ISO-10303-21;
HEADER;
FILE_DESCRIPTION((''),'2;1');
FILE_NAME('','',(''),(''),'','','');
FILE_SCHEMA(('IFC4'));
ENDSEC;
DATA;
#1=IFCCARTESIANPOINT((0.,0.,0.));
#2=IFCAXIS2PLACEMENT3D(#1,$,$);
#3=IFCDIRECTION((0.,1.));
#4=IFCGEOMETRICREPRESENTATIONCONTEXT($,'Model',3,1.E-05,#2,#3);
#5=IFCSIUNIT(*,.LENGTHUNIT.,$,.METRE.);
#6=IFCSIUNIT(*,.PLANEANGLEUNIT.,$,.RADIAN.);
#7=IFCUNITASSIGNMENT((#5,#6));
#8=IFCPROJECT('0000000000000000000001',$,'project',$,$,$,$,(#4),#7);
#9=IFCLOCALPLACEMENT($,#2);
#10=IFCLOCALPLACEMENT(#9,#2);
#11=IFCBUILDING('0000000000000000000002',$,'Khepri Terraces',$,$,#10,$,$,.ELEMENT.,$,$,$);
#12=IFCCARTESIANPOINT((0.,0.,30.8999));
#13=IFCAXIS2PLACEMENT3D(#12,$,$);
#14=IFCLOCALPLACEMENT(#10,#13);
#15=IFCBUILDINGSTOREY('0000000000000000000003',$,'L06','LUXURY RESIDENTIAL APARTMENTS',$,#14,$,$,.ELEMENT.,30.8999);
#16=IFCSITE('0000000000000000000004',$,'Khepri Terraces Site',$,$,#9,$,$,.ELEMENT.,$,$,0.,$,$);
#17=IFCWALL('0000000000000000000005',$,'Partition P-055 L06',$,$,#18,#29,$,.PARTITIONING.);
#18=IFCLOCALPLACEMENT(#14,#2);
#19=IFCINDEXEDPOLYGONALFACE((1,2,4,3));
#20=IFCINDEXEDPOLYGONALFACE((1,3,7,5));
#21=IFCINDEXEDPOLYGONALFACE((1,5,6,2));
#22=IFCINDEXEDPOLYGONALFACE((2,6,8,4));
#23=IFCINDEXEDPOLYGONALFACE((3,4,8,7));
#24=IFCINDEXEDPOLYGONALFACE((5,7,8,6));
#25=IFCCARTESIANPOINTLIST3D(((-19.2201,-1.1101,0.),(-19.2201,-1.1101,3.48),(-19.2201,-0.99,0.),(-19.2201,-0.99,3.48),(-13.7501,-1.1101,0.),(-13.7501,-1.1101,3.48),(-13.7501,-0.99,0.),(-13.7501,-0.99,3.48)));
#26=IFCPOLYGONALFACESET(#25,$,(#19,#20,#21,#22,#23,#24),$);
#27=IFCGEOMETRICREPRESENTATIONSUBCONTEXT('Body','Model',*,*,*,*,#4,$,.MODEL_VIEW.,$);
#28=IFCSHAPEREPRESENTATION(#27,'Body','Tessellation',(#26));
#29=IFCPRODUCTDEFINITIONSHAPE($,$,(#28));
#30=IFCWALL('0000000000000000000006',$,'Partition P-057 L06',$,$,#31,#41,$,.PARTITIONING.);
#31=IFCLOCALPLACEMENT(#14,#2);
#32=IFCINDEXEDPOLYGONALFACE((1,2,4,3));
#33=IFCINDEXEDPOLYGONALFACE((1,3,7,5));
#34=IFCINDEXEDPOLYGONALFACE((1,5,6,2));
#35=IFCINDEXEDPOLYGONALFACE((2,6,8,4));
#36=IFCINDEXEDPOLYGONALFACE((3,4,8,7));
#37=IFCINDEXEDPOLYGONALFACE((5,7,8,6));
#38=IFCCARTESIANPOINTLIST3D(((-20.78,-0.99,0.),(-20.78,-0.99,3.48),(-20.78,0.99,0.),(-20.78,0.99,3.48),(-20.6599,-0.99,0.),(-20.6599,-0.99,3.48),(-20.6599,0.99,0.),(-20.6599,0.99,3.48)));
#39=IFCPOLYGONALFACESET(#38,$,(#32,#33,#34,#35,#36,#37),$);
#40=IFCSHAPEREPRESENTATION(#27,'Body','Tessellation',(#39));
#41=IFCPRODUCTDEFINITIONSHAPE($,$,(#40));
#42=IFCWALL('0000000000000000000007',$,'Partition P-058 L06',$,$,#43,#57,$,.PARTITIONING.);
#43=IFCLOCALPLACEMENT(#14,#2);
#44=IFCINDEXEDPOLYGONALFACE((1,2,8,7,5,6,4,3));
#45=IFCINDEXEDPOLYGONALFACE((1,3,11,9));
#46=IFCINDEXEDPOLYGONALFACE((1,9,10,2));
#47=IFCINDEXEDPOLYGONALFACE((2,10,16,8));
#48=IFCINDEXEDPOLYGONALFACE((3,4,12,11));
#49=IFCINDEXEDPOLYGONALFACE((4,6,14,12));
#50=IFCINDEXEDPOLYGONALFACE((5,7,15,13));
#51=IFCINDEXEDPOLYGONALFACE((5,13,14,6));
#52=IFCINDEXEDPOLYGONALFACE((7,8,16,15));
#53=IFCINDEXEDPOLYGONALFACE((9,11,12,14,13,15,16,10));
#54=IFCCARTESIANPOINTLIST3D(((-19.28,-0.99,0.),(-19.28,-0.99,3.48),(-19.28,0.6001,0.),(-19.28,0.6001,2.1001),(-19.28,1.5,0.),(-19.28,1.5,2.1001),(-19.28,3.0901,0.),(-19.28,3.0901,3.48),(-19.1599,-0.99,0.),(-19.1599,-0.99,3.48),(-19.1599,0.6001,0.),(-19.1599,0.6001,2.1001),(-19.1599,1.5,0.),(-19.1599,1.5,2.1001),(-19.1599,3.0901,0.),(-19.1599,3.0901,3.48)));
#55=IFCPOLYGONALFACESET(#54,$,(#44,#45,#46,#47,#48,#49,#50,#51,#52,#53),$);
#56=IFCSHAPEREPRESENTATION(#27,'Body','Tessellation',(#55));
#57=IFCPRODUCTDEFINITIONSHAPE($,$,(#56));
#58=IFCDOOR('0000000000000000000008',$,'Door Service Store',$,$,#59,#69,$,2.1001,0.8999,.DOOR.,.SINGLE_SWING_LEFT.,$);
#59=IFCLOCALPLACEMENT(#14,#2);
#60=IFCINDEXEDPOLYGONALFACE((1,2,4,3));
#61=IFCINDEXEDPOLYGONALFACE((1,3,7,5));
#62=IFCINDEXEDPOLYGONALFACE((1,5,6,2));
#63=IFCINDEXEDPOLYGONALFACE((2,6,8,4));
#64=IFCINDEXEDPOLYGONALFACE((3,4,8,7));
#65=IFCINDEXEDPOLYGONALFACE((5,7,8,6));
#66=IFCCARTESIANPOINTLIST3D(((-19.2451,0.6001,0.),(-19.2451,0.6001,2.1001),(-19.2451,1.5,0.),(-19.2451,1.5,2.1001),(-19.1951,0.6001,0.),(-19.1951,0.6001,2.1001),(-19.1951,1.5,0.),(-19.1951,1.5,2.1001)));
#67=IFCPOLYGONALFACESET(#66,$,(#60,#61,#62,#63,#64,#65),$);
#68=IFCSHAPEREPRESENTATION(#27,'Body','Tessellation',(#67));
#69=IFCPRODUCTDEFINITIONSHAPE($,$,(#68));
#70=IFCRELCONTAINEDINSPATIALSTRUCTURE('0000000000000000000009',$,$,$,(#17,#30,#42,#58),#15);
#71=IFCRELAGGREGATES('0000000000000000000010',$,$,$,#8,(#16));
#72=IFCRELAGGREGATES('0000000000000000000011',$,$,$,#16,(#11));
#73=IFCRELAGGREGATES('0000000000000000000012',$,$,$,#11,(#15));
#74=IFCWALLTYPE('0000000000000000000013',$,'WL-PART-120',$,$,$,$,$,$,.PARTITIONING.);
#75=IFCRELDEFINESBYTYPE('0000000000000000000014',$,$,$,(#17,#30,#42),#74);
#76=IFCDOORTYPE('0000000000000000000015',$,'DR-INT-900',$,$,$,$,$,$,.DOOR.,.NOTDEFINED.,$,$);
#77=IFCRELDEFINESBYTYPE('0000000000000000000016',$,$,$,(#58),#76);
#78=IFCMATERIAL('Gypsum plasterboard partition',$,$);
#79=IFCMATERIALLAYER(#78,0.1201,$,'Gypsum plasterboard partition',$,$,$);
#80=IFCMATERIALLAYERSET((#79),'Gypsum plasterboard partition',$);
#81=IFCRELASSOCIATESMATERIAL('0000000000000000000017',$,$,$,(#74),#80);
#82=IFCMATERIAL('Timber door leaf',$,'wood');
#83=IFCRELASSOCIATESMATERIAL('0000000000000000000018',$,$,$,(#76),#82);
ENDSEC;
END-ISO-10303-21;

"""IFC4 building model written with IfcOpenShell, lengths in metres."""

from ifc_helpers import new_model, si_unit, direction, frame, frame_2d, origin, place, context, subcontext, project, spatial, rectangle, extrude, material, layer, layer_set, type_object, element, fill, save


model = new_model("IFC4")

# Units and contexts
model_context = context("Model", 3, precision=1e-05, world=origin(), true_north=direction((0.0, 1.0)))
body_context = subcontext(model_context, "Body", "Model", "MODEL_VIEW")
ifc_project = project(units=[si_unit("LENGTHUNIT", "METRE"), si_unit("PLANEANGLEUNIT", "RADIAN")], contexts=[model_context])

# Site, building, storey
site_placement = place(None, origin())
site = spatial("IfcSite", under=ifc_project, at=site_placement, Name="Khepri Terraces Site", CompositionType="ELEMENT", RefElevation=0.0)
building_placement = place(site_placement, origin())
building = spatial("IfcBuilding", under=site, at=building_placement, Name="Khepri Terraces", CompositionType="ELEMENT")
storey_placement = place(building_placement, frame((0.0, 0.0, 30.8999)))
storey = spatial("IfcBuildingStorey", under=building, at=storey_placement, Name="L06", Description="LUXURY RESIDENTIAL APARTMENTS", CompositionType="ELEMENT", Elevation=30.8999)

# Shared definitions
ifc_material_1 = material(Name="Gypsum plasterboard partition")
ifc_layer_1 = layer(ifc_material_1, 0.1201, Name="Gypsum plasterboard partition")
ifc_layer_set_1 = layer_set([ifc_layer_1], Name="Gypsum plasterboard partition")
wall_type_1 = type_object("IfcWallType", Name="WL-PART-120", PredefinedType="PARTITIONING", material=ifc_layer_set_1)

# Shared definitions
ifc_material_2 = material(Name="Timber door leaf", Category="wood")
door_type_1 = type_object("IfcDoorType", Name="DR-INT-900", OperationType="NOTDEFINED", PredefinedType="DOOR", material=ifc_material_2)

# Walls
wall_1_placement = place(storey_placement, frame((-19.22, -1.05, 0.0), z_axis=(0.0, 0.0, 1.0), x_axis=(1.0, 0.0, 0.0)))
element("IfcWall", 1, at=wall_1_placement, inside=storey, type_object=wall_type_1, Name="Partition P-055 L06", PredefinedType="PARTITIONING", context=body_context, shape_type="SweptSolid", body=[
    extrude(rectangle(XDim=5.47, YDim=0.1201, at=frame_2d((2.7349, 0.0))), origin(), (0.0, 0.0, 1.0), 3.48),
])
wall_2_placement = place(storey_placement, frame((-20.72, -0.99, 0.0), z_axis=(0.0, 0.0, 1.0), x_axis=(0.0, 1.0, 0.0)))
element("IfcWall", 2, at=wall_2_placement, inside=storey, type_object=wall_type_1, Name="Partition P-057 L06", PredefinedType="PARTITIONING", context=body_context, shape_type="SweptSolid", body=[
    extrude(rectangle(XDim=1.98, YDim=0.1201, at=frame_2d((0.99, 0.0))), origin(), (0.0, 0.0, 1.0), 3.48),
])

# Wall, opening, door
wall_3_placement = place(storey_placement, frame((-19.22, -0.99, 0.0), z_axis=(0.0, 0.0, 1.0), x_axis=(0.0, 1.0, 0.0)))
wall_3 = element("IfcWall", 3, at=wall_3_placement, inside=storey, type_object=wall_type_1, Name="Partition P-058 L06", PredefinedType="PARTITIONING", context=body_context, shape_type="SweptSolid", body=[
    extrude(rectangle(XDim=4.0801, YDim=0.1201, at=frame_2d((2.04, 0.0))), origin(), (0.0, 0.0, 1.0), 3.48),
])
opening_1_placement = place(wall_3_placement, frame((1.5901, 0.0, 0.0)))
opening_1 = element("IfcOpeningElement", 4, at=opening_1_placement, cuts=wall_3, PredefinedType="OPENING", context=body_context, shape_type="SweptSolid", body=[
    extrude(rectangle(XDim=0.8999, YDim=2.1001, at=frame_2d((0.45, 1.05))), frame((0.0, 0.0701, 0.0), z_axis=(0.0, -1.0, 0.0), x_axis=(1.0, 0.0, 0.0)), (0.0, 0.0, 1.0), 0.1401),
])
door_1_placement = place(opening_1_placement, frame((0.8999, 0.0, 0.0), z_axis=(0.0, 0.0, 1.0), x_axis=(-1.0, 0.0, 0.0)))
door_1 = element("IfcDoor", 5, at=door_1_placement, inside=storey, type_object=door_type_1, Name="Door Service Store", OperationType="SINGLE_SWING_LEFT", OverallHeight=2.1001, OverallWidth=0.8999, PredefinedType="DOOR", context=body_context, shape_type="SweptSolid", body=[
    extrude(rectangle(XDim=0.8999, YDim=2.1001, at=frame_2d((0.45, 1.05))), frame((0.0, 0.0249, 0.0), z_axis=(0.0, -1.0, 0.0), x_axis=(1.0, 0.0, 0.0)), (0.0, 0.0, 1.0), 0.05),
])
fill(opening_1, door_1)

save(model, "model.ifc")
